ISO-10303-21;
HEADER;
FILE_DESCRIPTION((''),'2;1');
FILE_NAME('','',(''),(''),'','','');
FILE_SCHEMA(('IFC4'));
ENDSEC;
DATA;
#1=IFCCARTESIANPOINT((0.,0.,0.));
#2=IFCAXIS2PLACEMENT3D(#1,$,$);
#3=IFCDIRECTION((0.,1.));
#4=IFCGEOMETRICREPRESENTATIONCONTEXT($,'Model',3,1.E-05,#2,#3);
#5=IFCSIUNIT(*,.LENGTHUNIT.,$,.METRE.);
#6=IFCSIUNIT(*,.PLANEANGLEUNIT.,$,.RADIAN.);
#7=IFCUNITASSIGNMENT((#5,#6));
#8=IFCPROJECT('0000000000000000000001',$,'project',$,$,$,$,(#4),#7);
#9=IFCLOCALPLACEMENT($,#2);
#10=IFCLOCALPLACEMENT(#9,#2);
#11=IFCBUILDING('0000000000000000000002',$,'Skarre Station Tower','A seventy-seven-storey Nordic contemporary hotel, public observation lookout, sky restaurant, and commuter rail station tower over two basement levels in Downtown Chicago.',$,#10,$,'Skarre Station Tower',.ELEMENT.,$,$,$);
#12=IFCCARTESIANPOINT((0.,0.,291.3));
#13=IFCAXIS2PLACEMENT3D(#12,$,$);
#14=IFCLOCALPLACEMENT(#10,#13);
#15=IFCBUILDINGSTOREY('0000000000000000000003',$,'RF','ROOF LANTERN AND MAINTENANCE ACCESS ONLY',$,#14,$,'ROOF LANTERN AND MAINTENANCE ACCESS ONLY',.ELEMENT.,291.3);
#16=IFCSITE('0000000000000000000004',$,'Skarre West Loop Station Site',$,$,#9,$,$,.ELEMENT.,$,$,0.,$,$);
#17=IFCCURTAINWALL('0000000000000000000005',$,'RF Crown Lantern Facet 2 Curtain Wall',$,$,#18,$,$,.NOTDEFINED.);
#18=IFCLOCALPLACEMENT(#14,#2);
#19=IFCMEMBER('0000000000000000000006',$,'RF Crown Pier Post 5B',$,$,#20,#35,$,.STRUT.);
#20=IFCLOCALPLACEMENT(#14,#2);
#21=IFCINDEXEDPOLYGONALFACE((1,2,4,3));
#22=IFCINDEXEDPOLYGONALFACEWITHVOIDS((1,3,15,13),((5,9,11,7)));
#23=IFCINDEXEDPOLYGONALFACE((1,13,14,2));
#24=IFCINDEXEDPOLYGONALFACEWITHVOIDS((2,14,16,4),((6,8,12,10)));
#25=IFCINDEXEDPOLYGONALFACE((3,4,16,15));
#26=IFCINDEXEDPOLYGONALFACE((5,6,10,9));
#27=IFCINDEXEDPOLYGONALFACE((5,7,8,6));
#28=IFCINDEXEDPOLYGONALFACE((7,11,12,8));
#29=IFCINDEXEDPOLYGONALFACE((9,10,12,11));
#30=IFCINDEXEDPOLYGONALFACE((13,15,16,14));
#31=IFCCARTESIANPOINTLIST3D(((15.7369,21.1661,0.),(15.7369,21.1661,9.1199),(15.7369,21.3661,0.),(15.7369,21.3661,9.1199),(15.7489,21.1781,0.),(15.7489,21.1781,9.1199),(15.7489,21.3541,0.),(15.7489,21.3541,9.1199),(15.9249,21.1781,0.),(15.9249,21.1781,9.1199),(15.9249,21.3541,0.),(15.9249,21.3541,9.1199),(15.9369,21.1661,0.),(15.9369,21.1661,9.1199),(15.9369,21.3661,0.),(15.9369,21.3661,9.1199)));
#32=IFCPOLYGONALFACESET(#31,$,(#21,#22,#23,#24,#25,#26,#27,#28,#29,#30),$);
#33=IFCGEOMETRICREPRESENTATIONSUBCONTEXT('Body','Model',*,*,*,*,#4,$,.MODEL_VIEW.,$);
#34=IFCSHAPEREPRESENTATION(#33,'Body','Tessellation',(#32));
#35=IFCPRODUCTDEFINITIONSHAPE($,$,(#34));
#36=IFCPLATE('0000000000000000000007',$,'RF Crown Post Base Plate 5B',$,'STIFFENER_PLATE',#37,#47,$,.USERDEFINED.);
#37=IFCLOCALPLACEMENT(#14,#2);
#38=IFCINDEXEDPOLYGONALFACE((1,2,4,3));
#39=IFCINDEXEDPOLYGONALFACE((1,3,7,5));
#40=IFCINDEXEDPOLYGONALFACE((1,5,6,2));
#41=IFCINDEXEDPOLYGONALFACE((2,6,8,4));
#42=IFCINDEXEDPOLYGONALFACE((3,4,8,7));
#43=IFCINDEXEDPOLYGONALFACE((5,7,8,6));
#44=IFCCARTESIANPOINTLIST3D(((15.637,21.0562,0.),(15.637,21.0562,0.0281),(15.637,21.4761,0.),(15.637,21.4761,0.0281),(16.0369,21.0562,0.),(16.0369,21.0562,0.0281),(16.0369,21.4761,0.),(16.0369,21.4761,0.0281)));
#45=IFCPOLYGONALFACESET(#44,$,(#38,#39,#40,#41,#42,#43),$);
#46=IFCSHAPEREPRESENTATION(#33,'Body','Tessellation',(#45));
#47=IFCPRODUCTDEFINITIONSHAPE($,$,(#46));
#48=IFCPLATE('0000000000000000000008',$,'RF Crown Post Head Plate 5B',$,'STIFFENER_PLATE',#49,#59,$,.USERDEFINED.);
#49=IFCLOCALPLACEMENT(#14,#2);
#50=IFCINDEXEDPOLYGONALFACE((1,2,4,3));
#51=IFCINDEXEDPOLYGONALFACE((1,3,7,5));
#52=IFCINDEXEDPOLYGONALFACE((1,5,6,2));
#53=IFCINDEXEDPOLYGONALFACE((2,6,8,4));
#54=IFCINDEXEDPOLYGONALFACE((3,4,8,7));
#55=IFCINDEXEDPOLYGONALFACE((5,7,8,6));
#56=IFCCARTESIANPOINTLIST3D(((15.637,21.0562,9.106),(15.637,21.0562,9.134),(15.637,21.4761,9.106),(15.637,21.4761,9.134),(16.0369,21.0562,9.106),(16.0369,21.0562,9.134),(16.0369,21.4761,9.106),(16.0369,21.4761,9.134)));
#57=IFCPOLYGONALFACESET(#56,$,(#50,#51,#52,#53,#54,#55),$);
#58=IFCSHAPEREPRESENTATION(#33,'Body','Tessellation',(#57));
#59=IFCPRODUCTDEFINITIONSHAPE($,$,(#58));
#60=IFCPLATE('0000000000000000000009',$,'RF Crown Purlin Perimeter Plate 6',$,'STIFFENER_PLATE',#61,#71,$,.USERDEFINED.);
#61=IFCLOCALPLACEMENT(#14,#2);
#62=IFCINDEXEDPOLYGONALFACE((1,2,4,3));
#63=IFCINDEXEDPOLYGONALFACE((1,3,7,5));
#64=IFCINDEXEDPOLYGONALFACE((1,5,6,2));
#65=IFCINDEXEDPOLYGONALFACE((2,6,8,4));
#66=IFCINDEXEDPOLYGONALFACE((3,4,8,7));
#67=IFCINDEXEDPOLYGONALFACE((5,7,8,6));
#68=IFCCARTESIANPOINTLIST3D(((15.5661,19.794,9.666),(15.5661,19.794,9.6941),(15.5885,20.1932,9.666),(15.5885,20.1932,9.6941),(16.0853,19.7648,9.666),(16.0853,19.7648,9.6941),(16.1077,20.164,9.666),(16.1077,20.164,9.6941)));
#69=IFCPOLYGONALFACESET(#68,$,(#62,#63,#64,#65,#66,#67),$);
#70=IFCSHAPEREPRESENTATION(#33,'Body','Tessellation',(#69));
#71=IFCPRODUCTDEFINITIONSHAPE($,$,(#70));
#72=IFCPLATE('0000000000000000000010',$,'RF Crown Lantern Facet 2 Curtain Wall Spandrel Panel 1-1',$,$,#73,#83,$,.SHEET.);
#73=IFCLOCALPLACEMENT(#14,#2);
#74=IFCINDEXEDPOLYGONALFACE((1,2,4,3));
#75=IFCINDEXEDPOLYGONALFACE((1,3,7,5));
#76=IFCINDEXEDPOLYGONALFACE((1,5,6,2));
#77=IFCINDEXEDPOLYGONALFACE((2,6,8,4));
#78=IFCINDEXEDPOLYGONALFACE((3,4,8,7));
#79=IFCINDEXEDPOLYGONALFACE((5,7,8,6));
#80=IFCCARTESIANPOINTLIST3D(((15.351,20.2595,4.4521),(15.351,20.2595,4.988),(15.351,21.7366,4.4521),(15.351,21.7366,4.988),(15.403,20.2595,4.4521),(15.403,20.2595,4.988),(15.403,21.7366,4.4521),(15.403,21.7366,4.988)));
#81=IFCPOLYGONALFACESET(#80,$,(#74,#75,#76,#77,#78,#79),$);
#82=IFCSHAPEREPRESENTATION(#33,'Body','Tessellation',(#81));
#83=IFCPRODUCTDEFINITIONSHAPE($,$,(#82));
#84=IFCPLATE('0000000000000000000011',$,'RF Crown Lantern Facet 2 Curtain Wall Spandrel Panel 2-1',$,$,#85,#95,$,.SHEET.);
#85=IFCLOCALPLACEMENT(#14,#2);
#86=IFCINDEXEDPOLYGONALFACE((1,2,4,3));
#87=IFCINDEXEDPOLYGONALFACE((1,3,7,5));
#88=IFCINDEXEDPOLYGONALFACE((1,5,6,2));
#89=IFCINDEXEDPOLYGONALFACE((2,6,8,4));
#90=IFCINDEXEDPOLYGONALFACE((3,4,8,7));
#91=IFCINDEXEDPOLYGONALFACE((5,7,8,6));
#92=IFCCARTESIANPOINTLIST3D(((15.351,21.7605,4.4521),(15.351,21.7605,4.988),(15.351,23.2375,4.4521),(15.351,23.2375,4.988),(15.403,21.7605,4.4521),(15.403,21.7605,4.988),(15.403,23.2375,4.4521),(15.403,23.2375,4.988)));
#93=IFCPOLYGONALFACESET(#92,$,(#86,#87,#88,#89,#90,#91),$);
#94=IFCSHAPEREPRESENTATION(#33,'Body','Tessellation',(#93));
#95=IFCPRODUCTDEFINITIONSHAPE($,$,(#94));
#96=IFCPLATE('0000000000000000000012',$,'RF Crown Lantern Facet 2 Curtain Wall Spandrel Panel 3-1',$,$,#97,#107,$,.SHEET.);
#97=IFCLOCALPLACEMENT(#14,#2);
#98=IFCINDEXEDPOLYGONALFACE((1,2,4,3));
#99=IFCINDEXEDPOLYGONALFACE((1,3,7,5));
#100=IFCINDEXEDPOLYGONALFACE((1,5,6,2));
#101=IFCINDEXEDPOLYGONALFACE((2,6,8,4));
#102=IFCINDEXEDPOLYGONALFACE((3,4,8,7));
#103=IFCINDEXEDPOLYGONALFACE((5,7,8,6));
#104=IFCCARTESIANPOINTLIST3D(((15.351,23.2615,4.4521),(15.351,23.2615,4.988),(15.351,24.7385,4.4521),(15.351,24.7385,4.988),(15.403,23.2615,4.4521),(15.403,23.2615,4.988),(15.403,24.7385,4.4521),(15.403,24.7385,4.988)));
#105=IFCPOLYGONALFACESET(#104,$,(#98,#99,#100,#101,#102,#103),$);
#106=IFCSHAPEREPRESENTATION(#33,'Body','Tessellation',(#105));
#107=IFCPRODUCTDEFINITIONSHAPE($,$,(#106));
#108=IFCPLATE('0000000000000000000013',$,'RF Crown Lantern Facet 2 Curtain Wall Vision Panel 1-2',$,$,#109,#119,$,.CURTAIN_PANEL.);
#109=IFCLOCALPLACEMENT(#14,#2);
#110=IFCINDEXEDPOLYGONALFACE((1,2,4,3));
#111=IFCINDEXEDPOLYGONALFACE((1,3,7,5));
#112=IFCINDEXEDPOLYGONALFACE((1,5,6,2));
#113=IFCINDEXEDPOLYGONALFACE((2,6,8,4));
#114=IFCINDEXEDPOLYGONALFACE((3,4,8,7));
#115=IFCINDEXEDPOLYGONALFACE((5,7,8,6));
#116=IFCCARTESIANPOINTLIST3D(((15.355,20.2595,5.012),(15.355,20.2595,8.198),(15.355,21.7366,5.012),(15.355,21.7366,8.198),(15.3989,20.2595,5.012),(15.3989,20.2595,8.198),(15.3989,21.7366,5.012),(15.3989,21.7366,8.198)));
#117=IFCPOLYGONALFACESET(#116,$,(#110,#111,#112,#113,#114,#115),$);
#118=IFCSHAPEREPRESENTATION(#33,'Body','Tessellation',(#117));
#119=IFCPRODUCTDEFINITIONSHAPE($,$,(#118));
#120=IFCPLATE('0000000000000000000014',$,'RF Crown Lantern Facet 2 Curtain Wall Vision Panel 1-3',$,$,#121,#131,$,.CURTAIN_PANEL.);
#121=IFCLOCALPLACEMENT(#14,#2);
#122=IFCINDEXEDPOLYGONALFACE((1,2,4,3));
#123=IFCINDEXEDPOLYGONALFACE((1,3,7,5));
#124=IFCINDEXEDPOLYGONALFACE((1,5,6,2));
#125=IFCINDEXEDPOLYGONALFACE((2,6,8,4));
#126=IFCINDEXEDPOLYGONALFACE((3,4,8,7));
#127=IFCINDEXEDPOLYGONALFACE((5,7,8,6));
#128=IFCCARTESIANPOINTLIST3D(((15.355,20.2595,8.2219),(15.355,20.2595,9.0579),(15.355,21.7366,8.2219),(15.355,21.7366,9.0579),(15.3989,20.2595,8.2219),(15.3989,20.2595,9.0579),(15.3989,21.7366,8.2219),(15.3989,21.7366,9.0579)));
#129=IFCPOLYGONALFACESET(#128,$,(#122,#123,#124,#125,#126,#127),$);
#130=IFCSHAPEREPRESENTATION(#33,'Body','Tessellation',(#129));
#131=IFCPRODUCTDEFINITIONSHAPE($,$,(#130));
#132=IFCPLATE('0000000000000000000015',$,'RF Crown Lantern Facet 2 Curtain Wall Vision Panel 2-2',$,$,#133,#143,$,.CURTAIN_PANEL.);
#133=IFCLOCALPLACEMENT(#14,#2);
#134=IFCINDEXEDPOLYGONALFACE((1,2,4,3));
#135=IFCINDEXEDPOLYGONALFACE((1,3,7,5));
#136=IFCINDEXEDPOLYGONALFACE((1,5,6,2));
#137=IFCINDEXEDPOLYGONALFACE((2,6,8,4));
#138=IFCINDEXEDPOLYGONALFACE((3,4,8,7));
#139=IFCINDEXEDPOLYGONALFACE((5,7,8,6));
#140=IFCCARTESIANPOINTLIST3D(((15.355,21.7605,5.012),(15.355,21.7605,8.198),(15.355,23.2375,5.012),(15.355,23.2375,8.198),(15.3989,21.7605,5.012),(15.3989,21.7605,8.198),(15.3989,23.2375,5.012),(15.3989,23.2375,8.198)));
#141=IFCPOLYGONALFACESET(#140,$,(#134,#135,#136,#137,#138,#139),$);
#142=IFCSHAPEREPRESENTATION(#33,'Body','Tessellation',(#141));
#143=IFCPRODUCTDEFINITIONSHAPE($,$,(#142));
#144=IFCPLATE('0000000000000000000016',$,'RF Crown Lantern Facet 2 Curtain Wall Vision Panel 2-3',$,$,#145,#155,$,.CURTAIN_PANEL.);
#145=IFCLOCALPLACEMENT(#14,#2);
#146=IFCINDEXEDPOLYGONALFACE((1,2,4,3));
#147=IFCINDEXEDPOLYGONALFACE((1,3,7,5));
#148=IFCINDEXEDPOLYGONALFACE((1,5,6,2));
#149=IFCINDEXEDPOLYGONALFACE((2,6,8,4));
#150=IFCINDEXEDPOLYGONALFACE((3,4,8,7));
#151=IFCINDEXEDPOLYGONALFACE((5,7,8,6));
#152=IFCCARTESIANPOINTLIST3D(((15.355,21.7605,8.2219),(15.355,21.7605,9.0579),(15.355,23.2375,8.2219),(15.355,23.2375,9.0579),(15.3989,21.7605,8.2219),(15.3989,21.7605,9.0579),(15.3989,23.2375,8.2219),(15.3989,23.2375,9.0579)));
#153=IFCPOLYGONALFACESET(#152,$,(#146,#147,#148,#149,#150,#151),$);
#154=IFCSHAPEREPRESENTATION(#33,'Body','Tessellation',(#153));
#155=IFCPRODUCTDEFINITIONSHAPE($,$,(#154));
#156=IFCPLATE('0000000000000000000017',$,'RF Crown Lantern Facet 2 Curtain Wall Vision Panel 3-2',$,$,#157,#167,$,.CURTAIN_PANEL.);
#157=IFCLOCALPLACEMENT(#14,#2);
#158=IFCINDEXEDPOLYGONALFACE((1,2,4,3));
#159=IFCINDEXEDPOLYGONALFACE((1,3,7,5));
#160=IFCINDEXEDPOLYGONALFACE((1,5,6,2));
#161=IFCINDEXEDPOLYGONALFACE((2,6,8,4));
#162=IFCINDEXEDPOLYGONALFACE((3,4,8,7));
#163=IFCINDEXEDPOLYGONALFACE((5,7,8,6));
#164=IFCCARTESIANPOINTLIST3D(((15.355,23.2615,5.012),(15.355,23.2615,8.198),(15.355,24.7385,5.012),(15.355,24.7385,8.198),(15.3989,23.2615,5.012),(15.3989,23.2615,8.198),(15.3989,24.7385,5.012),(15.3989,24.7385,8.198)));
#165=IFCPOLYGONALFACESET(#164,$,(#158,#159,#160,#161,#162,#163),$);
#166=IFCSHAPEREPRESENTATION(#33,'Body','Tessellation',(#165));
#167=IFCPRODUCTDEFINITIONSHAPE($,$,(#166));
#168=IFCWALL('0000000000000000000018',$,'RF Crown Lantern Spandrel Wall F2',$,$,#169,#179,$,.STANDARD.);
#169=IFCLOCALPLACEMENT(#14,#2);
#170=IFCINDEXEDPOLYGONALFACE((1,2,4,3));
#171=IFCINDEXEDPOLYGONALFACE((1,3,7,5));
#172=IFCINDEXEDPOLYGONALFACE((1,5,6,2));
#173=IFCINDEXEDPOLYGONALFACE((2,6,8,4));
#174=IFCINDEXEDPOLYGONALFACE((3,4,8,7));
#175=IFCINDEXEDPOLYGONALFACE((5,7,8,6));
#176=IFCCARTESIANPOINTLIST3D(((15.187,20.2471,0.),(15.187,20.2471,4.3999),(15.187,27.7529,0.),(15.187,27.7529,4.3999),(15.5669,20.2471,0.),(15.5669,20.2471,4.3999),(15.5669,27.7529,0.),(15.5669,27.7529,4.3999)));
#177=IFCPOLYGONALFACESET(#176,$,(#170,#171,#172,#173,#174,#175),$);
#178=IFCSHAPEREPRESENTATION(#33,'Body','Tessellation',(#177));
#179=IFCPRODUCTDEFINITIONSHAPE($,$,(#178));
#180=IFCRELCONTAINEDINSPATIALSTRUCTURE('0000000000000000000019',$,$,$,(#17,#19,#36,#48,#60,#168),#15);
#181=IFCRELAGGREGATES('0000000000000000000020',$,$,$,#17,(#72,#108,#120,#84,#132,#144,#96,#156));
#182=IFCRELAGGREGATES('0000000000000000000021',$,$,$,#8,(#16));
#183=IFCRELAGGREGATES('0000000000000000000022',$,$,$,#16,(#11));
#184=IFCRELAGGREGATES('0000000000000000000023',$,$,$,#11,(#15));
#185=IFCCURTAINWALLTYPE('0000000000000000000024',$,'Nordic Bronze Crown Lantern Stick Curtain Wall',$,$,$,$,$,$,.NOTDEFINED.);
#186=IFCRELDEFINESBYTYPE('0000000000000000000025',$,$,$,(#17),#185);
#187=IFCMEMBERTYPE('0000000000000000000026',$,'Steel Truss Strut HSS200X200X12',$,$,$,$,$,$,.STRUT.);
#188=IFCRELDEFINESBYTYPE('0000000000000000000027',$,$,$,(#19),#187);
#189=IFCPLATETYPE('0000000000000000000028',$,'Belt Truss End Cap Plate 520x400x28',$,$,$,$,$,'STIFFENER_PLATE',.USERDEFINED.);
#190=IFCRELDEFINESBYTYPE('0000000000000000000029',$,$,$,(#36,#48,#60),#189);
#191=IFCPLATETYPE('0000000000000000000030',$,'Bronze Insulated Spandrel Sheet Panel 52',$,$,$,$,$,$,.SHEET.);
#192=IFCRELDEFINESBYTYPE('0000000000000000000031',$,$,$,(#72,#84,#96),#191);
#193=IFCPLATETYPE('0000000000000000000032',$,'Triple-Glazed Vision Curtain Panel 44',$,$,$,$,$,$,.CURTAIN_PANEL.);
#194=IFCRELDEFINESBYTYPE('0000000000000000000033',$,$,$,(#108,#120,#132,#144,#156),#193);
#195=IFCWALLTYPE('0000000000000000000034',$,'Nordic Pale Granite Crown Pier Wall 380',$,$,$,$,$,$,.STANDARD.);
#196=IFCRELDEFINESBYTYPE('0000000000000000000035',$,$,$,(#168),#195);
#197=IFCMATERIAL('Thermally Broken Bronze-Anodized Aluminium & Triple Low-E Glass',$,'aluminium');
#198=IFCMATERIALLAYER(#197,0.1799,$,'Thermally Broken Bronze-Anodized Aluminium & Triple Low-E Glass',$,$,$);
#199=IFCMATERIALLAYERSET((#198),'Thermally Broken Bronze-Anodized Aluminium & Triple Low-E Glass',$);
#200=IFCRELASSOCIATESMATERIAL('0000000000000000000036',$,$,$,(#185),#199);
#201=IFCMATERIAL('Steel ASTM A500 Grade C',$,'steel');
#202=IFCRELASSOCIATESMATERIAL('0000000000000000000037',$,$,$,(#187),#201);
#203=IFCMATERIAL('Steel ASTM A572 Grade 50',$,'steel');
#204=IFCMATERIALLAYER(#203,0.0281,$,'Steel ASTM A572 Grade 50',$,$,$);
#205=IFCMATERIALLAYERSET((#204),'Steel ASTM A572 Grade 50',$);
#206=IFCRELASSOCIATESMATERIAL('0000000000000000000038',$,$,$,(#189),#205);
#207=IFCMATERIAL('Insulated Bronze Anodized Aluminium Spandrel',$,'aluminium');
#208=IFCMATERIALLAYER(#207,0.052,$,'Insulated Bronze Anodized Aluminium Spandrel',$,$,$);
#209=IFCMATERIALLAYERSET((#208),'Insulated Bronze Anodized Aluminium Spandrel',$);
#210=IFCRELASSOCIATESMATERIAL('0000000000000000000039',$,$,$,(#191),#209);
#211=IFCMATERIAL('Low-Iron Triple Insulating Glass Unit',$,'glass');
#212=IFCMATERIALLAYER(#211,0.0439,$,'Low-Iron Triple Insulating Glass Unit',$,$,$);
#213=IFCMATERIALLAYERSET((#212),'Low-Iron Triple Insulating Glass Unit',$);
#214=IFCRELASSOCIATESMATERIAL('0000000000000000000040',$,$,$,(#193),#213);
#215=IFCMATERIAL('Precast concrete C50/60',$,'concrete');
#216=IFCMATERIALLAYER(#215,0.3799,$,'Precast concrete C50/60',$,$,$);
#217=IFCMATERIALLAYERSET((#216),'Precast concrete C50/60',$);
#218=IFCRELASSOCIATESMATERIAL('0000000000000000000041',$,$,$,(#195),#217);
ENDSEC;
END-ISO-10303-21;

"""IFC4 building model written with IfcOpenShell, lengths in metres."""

from ifc_helpers import new_model, si_unit, direction, frame, frame_2d, origin, origin_2d, place, context, subcontext, project, spatial, rectangle, hollow_rectangle, extrude, material, layer, layer_set, material_profile, profile_set, type_object, element, aggregate, save


model = new_model("IFC4")

# Units and contexts
model_context = context("Model", 3, precision=1e-05, world=origin(), true_north=direction((0.0, 1.0)))
body_context = subcontext(model_context, "Body", "Model", "MODEL_VIEW")
ifc_project = project(units=[si_unit("LENGTHUNIT", "METRE"), si_unit("PLANEANGLEUNIT", "RADIAN")], contexts=[model_context])

# Site, building, storey
site_placement = place(None, origin())
site = spatial("IfcSite", under=ifc_project, at=site_placement, Name="Skarre West Loop Station Site", CompositionType="ELEMENT", RefElevation=0.0)
building_placement = place(site_placement, origin())
building = spatial("IfcBuilding", under=site, at=building_placement, Name="Skarre Station Tower", Description="A seventy-seven-storey Nordic contemporary hotel, public observation lookout, sky restaurant, and commuter rail station tower over two basement levels in Downtown Chicago.", LongName="Skarre Station Tower", CompositionType="ELEMENT")
storey_placement = place(building_placement, frame((0.0, 0.0, 291.3)))
storey = spatial("IfcBuildingStorey", under=building, at=storey_placement, Name="RF", Description="ROOF LANTERN AND MAINTENANCE ACCESS ONLY", LongName="ROOF LANTERN AND MAINTENANCE ACCESS ONLY", CompositionType="ELEMENT", Elevation=291.3)

# Curtain wall
ifc_material_1 = material(Name="Thermally Broken Bronze-Anodized Aluminium & Triple Low-E Glass", Category="aluminium")
ifc_layer_1 = layer(ifc_material_1, 0.1799, Name="Thermally Broken Bronze-Anodized Aluminium & Triple Low-E Glass")
ifc_layer_set_1 = layer_set([ifc_layer_1], Name="Thermally Broken Bronze-Anodized Aluminium & Triple Low-E Glass")
curtain_wall_type = type_object("IfcCurtainWallType", Name="Nordic Bronze Crown Lantern Stick Curtain Wall", PredefinedType="NOTDEFINED", material=ifc_layer_set_1)
curtain_wall_placement = place(storey_placement, origin())
curtain_wall = element("IfcCurtainWall", 1, at=curtain_wall_placement, inside=storey, type_object=curtain_wall_type, Name="RF Crown Lantern Facet 2 Curtain Wall", PredefinedType="NOTDEFINED")

# Member
ifc_material_2 = material(Name="Steel ASTM A500 Grade C", Category="steel")
ifc_material_profile_1 = material_profile(ifc_material_2, hollow_rectangle(XDim=0.2, YDim=0.2, WallThickness=0.012, at=origin_2d()), Name="Steel ASTM A500 Grade C")
ifc_profile_set_1 = profile_set([ifc_material_profile_1], Name="Steel ASTM A500 Grade C")
member_type_1 = type_object("IfcMemberType", Name="Steel Truss Strut HSS200X200X12", PredefinedType="STRUT", material=ifc_profile_set_1)
member_1_placement = place(storey_placement, frame((15.8369, 21.2661, 0.0), z_axis=(0.0, 0.0, 1.0), x_axis=(1.0, 0.0, 0.0)))
element("IfcMember", 2, at=member_1_placement, inside=storey, type_object=member_type_1, Name="RF Crown Pier Post 5B", PredefinedType="STRUT", context=body_context, shape_type="SweptSolid", body=[
    extrude(hollow_rectangle(XDim=0.2, YDim=0.2, WallThickness=0.012, at=origin_2d()), origin(), (0.0, 0.0, 1.0), 9.1199),
])

# Plates
ifc_material_3 = material(Name="Steel ASTM A572 Grade 50", Category="steel")
ifc_layer_2 = layer(ifc_material_3, 0.0281, Name="Steel ASTM A572 Grade 50")
ifc_layer_set_2 = layer_set([ifc_layer_2], Name="Steel ASTM A572 Grade 50")
plate_type_1 = type_object("IfcPlateType", Name="Belt Truss End Cap Plate 520x400x28", ElementType="STIFFENER_PLATE", PredefinedType="USERDEFINED", material=ifc_layer_set_2)
for number, where, z_axis, x_axis, name in (
    (3, (15.8369, 21.2661, 0.0), (0.0, 0.0, 1.0), (0.0, -1.0, 0.0), "RF Crown Post Base Plate 5B"),
    (4, (15.8369, 21.2661, 9.106), (0.0, 0.0, 1.0), (0.0, -1.0, 0.0), "RF Crown Post Head Plate 5B"),
):
    element("IfcPlate", number, at=place(storey_placement, frame(where, z_axis=z_axis, x_axis=x_axis)), inside=storey, type_object=plate_type_1, Name=name, ObjectType="STIFFENER_PLATE", PredefinedType="USERDEFINED", context=body_context, shape_type="SweptSolid", body=[
        extrude(rectangle(XDim=0.4199, YDim=0.3999, at=origin_2d()), origin(), (0.0, 0.0, 1.0), 0.0281),
    ])
plate_1_placement = place(storey_placement, frame((15.8369, 19.979, 9.666), z_axis=(0.0, 0.0, 1.0), x_axis=(-0.99842, 0.056187, 0.0)))
element("IfcPlate", 5, at=plate_1_placement, inside=storey, type_object=plate_type_1, Name="RF Crown Purlin Perimeter Plate 6", ObjectType="STIFFENER_PLATE", PredefinedType="USERDEFINED", context=body_context, shape_type="SweptSolid", body=[
    extrude(rectangle(XDim=0.52, YDim=0.3999, at=origin_2d()), origin(), (0.0, 0.0, 1.0), 0.0281),
])

# Plates
ifc_material_4 = material(Name="Insulated Bronze Anodized Aluminium Spandrel", Category="aluminium")
ifc_layer_3 = layer(ifc_material_4, 0.052, Name="Insulated Bronze Anodized Aluminium Spandrel")
ifc_layer_set_3 = layer_set([ifc_layer_3], Name="Insulated Bronze Anodized Aluminium Spandrel")
plate_type_2 = type_object("IfcPlateType", Name="Bronze Insulated Spandrel Sheet Panel 52", PredefinedType="SHEET", material=ifc_layer_set_3)
plate_2_placement = place(storey_placement, frame((15.377, 20.998, 4.4521), z_axis=(0.0, 0.0, 1.0), x_axis=(0.0, 1.0, 0.0)))
plate_2 = element("IfcPlate", 6, at=plate_2_placement, type_object=plate_type_2, Name="RF Crown Lantern Facet 2 Curtain Wall Spandrel Panel 1-1", PredefinedType="SHEET", context=body_context, shape_type="SweptSolid", body=[
    extrude(rectangle(XDim=1.4771, YDim=0.052, at=origin_2d()), origin(), (0.0, 0.0, 1.0), 0.5359),
])
plate_3_placement = place(storey_placement, frame((15.377, 22.499, 4.4521), z_axis=(0.0, 0.0, 1.0), x_axis=(0.0, 1.0, 0.0)))
plate_3 = element("IfcPlate", 7, at=plate_3_placement, type_object=plate_type_2, Name="RF Crown Lantern Facet 2 Curtain Wall Spandrel Panel 2-1", PredefinedType="SHEET", context=body_context, shape_type="SweptSolid", body=[
    extrude(rectangle(XDim=1.4771, YDim=0.052, at=origin_2d()), origin(), (0.0, 0.0, 1.0), 0.5359),
])
plate_4_placement = place(storey_placement, frame((15.377, 24.0, 4.4521), z_axis=(0.0, 0.0, 1.0), x_axis=(0.0, 1.0, 0.0)))
plate_4 = element("IfcPlate", 8, at=plate_4_placement, type_object=plate_type_2, Name="RF Crown Lantern Facet 2 Curtain Wall Spandrel Panel 3-1", PredefinedType="SHEET", context=body_context, shape_type="SweptSolid", body=[
    extrude(rectangle(XDim=1.4771, YDim=0.052, at=origin_2d()), origin(), (0.0, 0.0, 1.0), 0.5359),
])
ifc_material_5 = material(Name="Low-Iron Triple Insulating Glass Unit", Category="glass")
ifc_layer_4 = layer(ifc_material_5, 0.0439, Name="Low-Iron Triple Insulating Glass Unit")
ifc_layer_set_4 = layer_set([ifc_layer_4], Name="Low-Iron Triple Insulating Glass Unit")
plate_type_3 = type_object("IfcPlateType", Name="Triple-Glazed Vision Curtain Panel 44", PredefinedType="CURTAIN_PANEL", material=ifc_layer_set_4)
plate_5_placement = place(storey_placement, frame((15.377, 20.998, 5.012), z_axis=(0.0, 0.0, 1.0), x_axis=(0.0, 1.0, 0.0)))
plate_5 = element("IfcPlate", 9, at=plate_5_placement, type_object=plate_type_3, Name="RF Crown Lantern Facet 2 Curtain Wall Vision Panel 1-2", PredefinedType="CURTAIN_PANEL", context=body_context, shape_type="SweptSolid", body=[
    extrude(rectangle(XDim=1.4771, YDim=0.0439, at=origin_2d()), origin(), (0.0, 0.0, 1.0), 3.186),
])
plate_6_placement = place(storey_placement, frame((15.377, 20.998, 8.2219), z_axis=(0.0, 0.0, 1.0), x_axis=(0.0, 1.0, 0.0)))
plate_6 = element("IfcPlate", 10, at=plate_6_placement, type_object=plate_type_3, Name="RF Crown Lantern Facet 2 Curtain Wall Vision Panel 1-3", PredefinedType="CURTAIN_PANEL", context=body_context, shape_type="SweptSolid", body=[
    extrude(rectangle(XDim=1.4771, YDim=0.0439, at=origin_2d()), origin(), (0.0, 0.0, 1.0), 0.8359),
])
plate_7_placement = place(storey_placement, frame((15.377, 22.499, 5.012), z_axis=(0.0, 0.0, 1.0), x_axis=(0.0, 1.0, 0.0)))
plate_7 = element("IfcPlate", 11, at=plate_7_placement, type_object=plate_type_3, Name="RF Crown Lantern Facet 2 Curtain Wall Vision Panel 2-2", PredefinedType="CURTAIN_PANEL", context=body_context, shape_type="SweptSolid", body=[
    extrude(rectangle(XDim=1.4771, YDim=0.0439, at=origin_2d()), origin(), (0.0, 0.0, 1.0), 3.186),
])
plate_8_placement = place(storey_placement, frame((15.377, 22.499, 8.2219), z_axis=(0.0, 0.0, 1.0), x_axis=(0.0, 1.0, 0.0)))
plate_8 = element("IfcPlate", 12, at=plate_8_placement, type_object=plate_type_3, Name="RF Crown Lantern Facet 2 Curtain Wall Vision Panel 2-3", PredefinedType="CURTAIN_PANEL", context=body_context, shape_type="SweptSolid", body=[
    extrude(rectangle(XDim=1.4771, YDim=0.0439, at=origin_2d()), origin(), (0.0, 0.0, 1.0), 0.8359),
])
plate_9_placement = place(storey_placement, frame((15.377, 24.0, 5.012), z_axis=(0.0, 0.0, 1.0), x_axis=(0.0, 1.0, 0.0)))
plate_9 = element("IfcPlate", 13, at=plate_9_placement, type_object=plate_type_3, Name="RF Crown Lantern Facet 2 Curtain Wall Vision Panel 3-2", PredefinedType="CURTAIN_PANEL", context=body_context, shape_type="SweptSolid", body=[
    extrude(rectangle(XDim=1.4771, YDim=0.0439, at=origin_2d()), origin(), (0.0, 0.0, 1.0), 3.186),
])
aggregate(curtain_wall, [plate_2, plate_5, plate_6, plate_3, plate_7, plate_8, plate_4, plate_9])

# Wall
ifc_material_6 = material(Name="Precast concrete C50/60", Category="concrete")
ifc_layer_5 = layer(ifc_material_6, 0.3799, Name="Precast concrete C50/60")
ifc_layer_set_5 = layer_set([ifc_layer_5], Name="Precast concrete C50/60")
wall_type = type_object("IfcWallType", Name="Nordic Pale Granite Crown Pier Wall 380", PredefinedType="STANDARD", material=ifc_layer_set_5)
wall_placement = place(storey_placement, frame((15.377, 20.2471, 0.0), z_axis=(0.0, 0.0, 1.0), x_axis=(0.0, 1.0, 0.0)))
element("IfcWall", 14, at=wall_placement, inside=storey, type_object=wall_type, Name="RF Crown Lantern Spandrel Wall F2", PredefinedType="STANDARD", context=body_context, shape_type="SweptSolid", body=[
    extrude(rectangle(XDim=7.5059, YDim=0.3799, at=frame_2d((3.7529, 0.0))), origin(), (0.0, 0.0, 1.0), 4.3999),
])

save(model, "model.ifc")
